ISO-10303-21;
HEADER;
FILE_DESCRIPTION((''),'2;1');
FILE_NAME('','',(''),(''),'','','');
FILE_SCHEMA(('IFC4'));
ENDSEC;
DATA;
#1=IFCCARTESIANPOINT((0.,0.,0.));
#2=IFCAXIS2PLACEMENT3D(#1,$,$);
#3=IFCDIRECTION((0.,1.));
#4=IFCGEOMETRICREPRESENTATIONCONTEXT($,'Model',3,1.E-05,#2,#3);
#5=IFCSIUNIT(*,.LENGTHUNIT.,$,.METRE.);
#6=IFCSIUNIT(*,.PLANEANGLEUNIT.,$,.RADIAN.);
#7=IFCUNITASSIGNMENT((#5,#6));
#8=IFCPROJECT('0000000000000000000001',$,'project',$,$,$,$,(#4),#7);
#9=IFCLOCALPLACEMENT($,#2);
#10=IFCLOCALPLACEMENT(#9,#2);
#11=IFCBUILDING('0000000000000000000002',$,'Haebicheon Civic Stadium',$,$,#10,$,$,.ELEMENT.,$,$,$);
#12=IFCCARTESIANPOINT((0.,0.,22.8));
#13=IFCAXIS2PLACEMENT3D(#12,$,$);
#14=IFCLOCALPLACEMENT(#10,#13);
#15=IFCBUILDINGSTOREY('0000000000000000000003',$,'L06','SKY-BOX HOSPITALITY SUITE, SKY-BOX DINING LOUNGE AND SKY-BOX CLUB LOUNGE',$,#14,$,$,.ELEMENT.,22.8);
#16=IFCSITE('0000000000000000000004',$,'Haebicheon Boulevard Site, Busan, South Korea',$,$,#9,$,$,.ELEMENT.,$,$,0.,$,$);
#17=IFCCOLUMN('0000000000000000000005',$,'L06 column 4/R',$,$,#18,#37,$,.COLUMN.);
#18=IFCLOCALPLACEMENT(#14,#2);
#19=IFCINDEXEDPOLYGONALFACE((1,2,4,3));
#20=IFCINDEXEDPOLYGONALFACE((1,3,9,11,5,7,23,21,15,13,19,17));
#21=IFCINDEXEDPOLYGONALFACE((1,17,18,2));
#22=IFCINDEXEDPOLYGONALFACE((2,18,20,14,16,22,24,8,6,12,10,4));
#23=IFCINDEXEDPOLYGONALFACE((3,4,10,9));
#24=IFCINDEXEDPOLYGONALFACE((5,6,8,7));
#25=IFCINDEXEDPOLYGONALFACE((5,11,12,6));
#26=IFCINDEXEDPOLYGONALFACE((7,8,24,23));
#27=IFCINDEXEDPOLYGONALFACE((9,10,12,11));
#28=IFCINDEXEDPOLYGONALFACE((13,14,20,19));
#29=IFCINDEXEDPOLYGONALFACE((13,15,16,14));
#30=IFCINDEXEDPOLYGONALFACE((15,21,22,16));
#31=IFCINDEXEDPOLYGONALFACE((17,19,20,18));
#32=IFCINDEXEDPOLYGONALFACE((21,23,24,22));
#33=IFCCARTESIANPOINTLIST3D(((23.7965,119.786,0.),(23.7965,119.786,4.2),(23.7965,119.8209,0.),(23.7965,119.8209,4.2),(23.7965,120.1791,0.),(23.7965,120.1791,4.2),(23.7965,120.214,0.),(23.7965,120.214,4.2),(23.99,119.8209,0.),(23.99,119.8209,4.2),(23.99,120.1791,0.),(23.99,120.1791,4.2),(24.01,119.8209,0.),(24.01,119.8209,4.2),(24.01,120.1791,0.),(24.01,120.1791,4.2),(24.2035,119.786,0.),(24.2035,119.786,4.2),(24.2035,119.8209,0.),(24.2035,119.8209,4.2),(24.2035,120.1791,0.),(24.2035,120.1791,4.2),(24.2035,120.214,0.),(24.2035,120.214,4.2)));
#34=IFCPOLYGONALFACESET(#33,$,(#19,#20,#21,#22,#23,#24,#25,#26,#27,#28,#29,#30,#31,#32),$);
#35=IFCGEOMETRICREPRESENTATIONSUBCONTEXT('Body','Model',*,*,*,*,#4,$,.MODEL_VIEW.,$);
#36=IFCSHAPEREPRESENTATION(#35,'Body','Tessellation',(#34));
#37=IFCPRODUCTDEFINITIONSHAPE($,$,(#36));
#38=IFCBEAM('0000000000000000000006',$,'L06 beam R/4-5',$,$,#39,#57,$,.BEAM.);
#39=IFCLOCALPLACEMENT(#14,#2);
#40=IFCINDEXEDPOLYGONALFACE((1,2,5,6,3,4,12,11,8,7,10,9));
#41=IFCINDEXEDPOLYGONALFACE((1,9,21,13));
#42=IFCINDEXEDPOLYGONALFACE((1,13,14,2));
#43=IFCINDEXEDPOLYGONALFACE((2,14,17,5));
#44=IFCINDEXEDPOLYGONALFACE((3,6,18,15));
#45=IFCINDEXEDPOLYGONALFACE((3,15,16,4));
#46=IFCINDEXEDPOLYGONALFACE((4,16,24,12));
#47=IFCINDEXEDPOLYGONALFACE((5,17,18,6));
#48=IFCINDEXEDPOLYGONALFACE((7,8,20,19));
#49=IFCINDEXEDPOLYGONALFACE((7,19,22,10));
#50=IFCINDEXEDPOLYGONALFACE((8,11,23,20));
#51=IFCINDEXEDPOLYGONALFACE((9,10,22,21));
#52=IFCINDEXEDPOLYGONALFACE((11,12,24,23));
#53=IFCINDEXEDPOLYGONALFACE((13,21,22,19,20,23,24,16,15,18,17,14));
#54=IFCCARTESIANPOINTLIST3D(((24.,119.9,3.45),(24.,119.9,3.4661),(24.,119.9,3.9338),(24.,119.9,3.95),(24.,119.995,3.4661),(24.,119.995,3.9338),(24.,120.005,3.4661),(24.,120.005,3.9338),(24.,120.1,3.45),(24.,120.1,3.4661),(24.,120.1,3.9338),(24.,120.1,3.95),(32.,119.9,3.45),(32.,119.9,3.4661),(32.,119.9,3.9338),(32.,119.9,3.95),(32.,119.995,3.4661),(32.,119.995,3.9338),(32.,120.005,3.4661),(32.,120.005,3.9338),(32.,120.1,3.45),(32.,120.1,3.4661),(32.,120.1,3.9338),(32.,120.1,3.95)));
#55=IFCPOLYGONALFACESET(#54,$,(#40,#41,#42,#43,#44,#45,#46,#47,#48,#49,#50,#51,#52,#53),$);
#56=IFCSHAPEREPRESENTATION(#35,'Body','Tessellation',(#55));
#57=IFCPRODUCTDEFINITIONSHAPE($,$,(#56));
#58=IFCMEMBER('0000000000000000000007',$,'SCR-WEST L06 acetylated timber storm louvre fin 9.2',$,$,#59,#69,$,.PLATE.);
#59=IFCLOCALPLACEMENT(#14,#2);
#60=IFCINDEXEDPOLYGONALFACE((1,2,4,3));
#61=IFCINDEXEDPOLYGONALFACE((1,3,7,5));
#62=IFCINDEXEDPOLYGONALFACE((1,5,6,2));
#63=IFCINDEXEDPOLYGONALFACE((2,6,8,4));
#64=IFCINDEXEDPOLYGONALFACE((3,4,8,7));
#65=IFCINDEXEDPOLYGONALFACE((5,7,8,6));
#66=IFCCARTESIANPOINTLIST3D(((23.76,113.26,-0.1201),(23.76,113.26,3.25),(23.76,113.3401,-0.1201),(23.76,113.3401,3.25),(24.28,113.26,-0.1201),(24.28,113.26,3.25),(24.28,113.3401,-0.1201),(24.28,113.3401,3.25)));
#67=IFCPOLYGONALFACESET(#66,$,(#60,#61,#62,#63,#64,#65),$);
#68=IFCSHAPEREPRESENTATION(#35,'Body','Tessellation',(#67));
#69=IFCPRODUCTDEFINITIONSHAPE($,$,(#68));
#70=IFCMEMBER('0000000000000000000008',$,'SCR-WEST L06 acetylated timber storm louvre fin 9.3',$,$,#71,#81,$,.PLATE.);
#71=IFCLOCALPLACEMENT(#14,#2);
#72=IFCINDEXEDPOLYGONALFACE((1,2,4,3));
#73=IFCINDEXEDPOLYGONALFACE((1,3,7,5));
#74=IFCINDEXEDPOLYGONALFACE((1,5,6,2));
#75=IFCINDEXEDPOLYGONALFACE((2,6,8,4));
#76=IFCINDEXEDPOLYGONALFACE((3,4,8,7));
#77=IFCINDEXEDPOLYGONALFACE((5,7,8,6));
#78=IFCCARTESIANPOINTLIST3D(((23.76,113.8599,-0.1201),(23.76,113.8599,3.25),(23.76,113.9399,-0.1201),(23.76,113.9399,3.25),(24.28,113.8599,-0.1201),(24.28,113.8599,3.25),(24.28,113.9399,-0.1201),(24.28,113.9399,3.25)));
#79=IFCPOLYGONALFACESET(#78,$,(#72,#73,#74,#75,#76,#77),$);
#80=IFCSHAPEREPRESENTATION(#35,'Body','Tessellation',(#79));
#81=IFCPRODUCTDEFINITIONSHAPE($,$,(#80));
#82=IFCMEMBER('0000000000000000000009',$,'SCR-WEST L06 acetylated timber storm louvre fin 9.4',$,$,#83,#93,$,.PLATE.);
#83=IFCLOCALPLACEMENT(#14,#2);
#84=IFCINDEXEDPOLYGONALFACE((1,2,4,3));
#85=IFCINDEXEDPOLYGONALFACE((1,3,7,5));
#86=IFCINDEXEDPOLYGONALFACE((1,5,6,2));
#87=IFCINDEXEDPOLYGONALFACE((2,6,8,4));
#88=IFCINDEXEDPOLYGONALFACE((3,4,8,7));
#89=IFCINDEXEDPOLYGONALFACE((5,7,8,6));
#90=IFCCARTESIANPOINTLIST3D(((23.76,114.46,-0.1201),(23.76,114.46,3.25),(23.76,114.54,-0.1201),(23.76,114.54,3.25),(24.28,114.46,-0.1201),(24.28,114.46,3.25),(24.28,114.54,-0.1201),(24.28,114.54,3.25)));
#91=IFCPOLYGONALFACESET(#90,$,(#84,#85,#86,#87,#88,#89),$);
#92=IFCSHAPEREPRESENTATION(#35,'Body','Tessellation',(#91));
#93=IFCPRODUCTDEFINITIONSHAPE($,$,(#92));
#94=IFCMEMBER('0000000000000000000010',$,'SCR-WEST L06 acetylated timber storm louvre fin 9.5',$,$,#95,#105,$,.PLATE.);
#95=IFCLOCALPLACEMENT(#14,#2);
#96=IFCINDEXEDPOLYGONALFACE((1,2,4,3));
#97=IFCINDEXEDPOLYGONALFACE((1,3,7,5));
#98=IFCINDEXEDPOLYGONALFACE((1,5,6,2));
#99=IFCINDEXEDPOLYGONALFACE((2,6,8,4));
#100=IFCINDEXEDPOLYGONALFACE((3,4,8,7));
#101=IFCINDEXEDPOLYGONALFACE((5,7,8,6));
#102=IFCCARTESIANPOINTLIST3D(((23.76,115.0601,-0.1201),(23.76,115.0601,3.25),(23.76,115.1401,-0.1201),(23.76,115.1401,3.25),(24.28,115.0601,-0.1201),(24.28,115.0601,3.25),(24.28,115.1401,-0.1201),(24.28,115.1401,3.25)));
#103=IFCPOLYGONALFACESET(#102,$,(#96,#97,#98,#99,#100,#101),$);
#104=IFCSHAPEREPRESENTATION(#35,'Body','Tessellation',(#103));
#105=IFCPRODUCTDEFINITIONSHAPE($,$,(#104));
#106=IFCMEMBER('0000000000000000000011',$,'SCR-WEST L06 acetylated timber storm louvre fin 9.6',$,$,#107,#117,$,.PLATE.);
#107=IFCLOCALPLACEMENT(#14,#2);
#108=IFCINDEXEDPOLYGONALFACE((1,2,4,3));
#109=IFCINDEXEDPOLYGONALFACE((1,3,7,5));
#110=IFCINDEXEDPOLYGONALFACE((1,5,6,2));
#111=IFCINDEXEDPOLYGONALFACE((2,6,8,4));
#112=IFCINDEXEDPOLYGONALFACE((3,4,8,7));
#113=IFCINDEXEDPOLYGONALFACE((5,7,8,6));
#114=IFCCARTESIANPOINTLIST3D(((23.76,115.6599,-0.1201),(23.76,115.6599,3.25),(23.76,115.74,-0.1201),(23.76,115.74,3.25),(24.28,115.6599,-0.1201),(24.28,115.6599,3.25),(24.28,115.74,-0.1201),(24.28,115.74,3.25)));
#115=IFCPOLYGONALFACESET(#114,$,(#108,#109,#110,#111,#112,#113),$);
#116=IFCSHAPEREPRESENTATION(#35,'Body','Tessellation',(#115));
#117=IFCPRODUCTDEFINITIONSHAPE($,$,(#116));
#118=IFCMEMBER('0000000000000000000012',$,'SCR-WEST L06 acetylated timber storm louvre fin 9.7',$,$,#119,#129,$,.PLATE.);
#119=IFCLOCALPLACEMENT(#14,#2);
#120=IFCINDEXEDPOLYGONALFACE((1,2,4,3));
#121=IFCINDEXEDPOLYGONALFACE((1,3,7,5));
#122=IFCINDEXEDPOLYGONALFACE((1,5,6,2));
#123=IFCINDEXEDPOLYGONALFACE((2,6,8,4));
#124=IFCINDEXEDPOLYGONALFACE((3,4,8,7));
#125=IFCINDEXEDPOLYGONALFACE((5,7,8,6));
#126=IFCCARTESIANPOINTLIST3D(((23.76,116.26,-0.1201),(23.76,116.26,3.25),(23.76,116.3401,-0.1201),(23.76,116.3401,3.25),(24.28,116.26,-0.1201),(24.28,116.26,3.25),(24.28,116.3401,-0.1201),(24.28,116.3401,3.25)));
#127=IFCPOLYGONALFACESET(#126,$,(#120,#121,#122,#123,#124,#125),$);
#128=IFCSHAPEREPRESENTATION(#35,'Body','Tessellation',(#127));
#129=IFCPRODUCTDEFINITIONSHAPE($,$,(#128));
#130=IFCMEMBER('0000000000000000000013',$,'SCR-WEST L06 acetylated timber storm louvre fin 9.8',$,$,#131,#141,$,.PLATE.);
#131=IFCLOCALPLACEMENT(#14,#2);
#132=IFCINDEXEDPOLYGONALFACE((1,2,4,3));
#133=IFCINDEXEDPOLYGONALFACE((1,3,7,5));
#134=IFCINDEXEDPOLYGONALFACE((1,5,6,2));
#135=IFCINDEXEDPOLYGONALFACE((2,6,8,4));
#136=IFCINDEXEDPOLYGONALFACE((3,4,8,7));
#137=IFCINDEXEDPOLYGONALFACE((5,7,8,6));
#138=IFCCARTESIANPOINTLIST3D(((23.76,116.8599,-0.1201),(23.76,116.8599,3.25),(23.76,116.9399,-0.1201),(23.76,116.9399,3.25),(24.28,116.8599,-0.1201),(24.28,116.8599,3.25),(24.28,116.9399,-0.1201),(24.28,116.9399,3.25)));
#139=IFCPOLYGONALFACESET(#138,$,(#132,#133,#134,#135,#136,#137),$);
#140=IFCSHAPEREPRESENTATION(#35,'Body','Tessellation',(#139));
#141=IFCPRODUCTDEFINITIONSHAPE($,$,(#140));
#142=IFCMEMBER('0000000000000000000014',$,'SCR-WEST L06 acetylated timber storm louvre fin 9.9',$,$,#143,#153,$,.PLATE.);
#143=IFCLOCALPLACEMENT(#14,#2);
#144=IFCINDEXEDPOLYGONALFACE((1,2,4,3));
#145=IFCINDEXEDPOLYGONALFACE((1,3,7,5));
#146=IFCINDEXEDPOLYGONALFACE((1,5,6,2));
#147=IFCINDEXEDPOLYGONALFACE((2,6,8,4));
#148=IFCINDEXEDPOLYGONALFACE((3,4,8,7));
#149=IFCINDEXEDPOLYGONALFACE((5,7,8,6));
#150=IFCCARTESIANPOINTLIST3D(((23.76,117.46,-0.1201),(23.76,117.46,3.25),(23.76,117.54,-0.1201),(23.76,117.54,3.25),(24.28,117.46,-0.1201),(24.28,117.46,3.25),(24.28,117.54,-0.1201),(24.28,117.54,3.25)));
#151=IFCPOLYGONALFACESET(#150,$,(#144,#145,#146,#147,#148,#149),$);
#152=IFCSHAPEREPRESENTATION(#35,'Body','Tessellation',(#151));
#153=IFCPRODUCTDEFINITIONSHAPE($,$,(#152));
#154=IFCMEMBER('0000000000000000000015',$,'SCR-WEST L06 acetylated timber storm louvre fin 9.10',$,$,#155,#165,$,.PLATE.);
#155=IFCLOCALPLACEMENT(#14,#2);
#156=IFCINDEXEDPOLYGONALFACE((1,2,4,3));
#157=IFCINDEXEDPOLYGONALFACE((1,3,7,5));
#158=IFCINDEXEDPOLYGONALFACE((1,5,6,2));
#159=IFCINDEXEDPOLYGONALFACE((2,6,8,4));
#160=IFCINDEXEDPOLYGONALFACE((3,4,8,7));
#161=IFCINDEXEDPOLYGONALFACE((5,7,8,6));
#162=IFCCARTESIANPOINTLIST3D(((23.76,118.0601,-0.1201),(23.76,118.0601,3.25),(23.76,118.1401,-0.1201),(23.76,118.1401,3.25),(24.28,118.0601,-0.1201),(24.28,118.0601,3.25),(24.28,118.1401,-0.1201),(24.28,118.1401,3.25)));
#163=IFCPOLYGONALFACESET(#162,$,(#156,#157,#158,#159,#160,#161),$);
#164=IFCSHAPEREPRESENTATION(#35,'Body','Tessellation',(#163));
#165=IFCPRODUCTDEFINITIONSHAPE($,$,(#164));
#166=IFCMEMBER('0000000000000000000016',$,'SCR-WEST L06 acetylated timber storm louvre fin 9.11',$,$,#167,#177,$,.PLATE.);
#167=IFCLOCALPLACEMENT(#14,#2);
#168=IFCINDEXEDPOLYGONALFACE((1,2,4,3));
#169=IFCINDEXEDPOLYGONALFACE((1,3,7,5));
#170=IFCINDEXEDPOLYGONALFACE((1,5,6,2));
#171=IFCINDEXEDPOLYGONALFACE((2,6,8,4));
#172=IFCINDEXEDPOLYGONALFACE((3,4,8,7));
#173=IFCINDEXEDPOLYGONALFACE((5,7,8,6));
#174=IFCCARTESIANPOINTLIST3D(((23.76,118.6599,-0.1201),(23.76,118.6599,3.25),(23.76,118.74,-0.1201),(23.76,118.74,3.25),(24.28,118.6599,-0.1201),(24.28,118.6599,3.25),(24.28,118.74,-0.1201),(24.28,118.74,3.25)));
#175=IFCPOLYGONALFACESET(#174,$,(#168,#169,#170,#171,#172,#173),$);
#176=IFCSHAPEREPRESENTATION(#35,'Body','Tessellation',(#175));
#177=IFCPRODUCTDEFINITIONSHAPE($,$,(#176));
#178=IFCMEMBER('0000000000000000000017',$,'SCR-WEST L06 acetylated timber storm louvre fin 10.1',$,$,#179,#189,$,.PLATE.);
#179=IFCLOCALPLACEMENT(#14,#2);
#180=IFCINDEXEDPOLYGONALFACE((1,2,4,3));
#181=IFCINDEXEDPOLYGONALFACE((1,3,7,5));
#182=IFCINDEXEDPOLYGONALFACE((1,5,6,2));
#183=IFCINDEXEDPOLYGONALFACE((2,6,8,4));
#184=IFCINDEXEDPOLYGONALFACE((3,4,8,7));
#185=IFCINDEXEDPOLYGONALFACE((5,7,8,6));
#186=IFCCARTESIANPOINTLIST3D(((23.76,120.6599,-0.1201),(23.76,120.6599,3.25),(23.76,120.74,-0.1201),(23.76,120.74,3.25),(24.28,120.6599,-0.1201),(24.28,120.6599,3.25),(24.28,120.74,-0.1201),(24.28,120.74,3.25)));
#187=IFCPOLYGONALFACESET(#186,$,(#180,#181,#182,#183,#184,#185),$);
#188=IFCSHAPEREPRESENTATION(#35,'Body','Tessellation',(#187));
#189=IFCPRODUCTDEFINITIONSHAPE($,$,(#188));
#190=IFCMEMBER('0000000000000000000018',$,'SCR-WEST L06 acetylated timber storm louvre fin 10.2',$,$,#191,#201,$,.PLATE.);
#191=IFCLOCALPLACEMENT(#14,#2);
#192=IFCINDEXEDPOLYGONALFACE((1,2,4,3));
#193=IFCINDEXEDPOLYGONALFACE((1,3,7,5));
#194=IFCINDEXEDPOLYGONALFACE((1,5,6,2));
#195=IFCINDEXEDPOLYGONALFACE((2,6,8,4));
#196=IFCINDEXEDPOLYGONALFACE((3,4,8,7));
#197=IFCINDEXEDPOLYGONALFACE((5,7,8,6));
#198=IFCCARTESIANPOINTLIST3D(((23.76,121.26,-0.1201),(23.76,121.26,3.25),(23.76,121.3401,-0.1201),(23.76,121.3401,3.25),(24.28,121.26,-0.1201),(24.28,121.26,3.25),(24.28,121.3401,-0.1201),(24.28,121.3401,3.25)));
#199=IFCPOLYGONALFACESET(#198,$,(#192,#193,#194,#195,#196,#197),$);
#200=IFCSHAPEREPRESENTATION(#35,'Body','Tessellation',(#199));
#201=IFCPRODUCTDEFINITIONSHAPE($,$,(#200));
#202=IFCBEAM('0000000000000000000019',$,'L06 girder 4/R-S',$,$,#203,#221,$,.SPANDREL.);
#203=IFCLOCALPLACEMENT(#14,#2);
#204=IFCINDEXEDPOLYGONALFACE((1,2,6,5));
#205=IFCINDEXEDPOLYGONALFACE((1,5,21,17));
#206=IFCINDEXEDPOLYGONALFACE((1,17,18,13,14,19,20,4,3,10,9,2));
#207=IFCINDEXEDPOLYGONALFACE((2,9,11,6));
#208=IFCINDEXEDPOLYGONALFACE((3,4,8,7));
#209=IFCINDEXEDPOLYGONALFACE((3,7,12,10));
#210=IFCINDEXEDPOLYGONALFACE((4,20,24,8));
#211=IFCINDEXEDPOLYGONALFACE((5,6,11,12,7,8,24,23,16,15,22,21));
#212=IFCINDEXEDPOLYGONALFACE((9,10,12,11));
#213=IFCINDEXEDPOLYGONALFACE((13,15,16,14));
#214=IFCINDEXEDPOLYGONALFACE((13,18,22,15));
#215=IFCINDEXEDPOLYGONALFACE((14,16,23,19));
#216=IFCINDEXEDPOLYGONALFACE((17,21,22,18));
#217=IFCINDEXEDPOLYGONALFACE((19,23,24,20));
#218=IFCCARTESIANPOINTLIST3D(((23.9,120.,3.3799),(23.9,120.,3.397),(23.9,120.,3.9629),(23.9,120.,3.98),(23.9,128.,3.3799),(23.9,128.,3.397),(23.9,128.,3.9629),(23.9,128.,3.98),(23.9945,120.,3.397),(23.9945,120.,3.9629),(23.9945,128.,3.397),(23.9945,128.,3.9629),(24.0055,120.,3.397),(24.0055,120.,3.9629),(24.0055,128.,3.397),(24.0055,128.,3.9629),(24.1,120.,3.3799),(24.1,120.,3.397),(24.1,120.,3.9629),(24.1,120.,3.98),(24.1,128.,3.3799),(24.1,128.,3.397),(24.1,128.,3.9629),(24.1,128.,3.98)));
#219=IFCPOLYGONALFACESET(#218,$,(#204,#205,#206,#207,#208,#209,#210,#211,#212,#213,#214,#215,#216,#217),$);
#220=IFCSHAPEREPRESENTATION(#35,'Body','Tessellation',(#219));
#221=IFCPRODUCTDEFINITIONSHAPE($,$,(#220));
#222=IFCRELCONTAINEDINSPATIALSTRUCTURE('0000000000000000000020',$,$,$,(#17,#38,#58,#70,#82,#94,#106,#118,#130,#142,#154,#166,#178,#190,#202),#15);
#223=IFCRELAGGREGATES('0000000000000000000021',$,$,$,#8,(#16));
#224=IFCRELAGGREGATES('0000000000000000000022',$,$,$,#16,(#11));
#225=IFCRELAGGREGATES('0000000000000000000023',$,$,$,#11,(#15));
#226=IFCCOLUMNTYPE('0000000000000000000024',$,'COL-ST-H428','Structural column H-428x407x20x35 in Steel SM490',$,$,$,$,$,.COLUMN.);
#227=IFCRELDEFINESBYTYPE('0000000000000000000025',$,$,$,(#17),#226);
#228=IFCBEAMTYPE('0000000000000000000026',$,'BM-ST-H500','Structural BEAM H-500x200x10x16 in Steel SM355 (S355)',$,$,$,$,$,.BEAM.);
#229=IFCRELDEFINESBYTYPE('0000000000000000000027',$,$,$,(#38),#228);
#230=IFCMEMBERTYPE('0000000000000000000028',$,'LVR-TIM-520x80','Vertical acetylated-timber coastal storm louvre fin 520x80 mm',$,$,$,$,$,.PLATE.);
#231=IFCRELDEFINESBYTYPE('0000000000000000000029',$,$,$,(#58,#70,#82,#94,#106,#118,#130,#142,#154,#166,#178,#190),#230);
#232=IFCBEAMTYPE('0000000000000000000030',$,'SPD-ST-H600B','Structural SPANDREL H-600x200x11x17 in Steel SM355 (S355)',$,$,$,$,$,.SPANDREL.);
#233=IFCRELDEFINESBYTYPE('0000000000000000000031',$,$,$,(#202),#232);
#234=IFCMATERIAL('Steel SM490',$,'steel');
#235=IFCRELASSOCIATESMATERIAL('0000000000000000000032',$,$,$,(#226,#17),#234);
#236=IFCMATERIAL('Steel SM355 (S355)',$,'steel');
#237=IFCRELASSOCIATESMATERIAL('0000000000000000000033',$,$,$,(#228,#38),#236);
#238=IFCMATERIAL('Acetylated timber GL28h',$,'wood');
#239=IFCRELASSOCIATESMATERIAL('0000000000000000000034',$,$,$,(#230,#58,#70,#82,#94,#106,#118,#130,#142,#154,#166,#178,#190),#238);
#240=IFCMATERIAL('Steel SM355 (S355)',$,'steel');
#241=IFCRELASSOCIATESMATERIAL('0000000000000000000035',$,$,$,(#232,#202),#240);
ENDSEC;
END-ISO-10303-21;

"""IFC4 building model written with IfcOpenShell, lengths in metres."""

from ifc_helpers import new_model, si_unit, direction, frame, origin, origin_2d, place, context, subcontext, project, spatial, rectangle, i_section, extrude, material, material_profile, profile_set, type_object, element, save


model = new_model("IFC4")

# Units and contexts
model_context = context("Model", 3, precision=1e-05, world=origin(), true_north=direction((0.0, 1.0)))
body_context = subcontext(model_context, "Body", "Model", "MODEL_VIEW")
ifc_project = project(units=[si_unit("LENGTHUNIT", "METRE"), si_unit("PLANEANGLEUNIT", "RADIAN")], contexts=[model_context])

# Site, building, storey
site_placement = place(None, origin())
site = spatial("IfcSite", under=ifc_project, at=site_placement, Name="Haebicheon Boulevard Site, Busan, South Korea", CompositionType="ELEMENT", RefElevation=0.0)
building_placement = place(site_placement, origin())
building = spatial("IfcBuilding", under=site, at=building_placement, Name="Haebicheon Civic Stadium", CompositionType="ELEMENT")
storey_placement = place(building_placement, frame((0.0, 0.0, 22.8)))
storey = spatial("IfcBuildingStorey", under=building, at=storey_placement, Name="L06", Description="SKY-BOX HOSPITALITY SUITE, SKY-BOX DINING LOUNGE AND SKY-BOX CLUB LOUNGE", CompositionType="ELEMENT", Elevation=22.8)

# Column
ifc_material_1 = material(Name="Steel SM490", Category="steel")
ifc_material_profile_1 = material_profile(ifc_material_1, i_section(OverallWidth=0.407, OverallDepth=0.428, WebThickness=0.02, FlangeThickness=0.0349, at=origin_2d()), Name="H-428x407x20x35")
ifc_profile_set_1 = profile_set([ifc_material_profile_1], Name="Steel SM490")
column_type = type_object("IfcColumnType", Name="COL-ST-H428", Description="Structural column H-428x407x20x35 in Steel SM490", PredefinedType="COLUMN", material=ifc_profile_set_1)
column_placement = place(storey_placement, frame((24.0, 120.0, 0.0), z_axis=(0.0, 0.0, 1.0), x_axis=(1.0, 0.0, 0.0)))
element("IfcColumn", 1, at=column_placement, inside=storey, type_object=column_type, material=ifc_profile_set_1, Name="L06 column 4/R", PredefinedType="COLUMN", context=body_context, shape_type="SweptSolid", body=[
    extrude(i_section(OverallWidth=0.407, OverallDepth=0.428, WebThickness=0.02, FlangeThickness=0.0349, at=origin_2d()), origin(), (0.0, 0.0, 1.0), 4.2),
])

# Beam
ifc_material_2 = material(Name="Steel SM355 (S355)", Category="steel")
ifc_material_profile_2 = material_profile(ifc_material_2, i_section(OverallWidth=0.2, OverallDepth=0.5, WebThickness=0.01, FlangeThickness=0.0161, at=origin_2d()), Name="H-500x200x10x16")
ifc_profile_set_2 = profile_set([ifc_material_profile_2], Name="Steel SM355 (S355)")
beam_type_1 = type_object("IfcBeamType", Name="BM-ST-H500", Description="Structural BEAM H-500x200x10x16 in Steel SM355 (S355)", PredefinedType="BEAM", material=ifc_profile_set_2)
beam_1_placement = place(storey_placement, frame((24.0, 120.0, 3.7), z_axis=(1.0, 0.0, 0.0), x_axis=(0.0, 1.0, 0.0)))
element("IfcBeam", 2, at=beam_1_placement, inside=storey, type_object=beam_type_1, material=ifc_profile_set_2, Name="L06 beam R/4-5", PredefinedType="BEAM", context=body_context, shape_type="SweptSolid", body=[
    extrude(i_section(OverallWidth=0.2, OverallDepth=0.5, WebThickness=0.01, FlangeThickness=0.0161, at=origin_2d()), origin(), (0.0, 0.0, 1.0), 8.0),
])

# Members
ifc_material_3 = material(Name="Acetylated timber GL28h", Category="wood")
ifc_material_profile_3 = material_profile(ifc_material_3, rectangle(XDim=0.0801, YDim=0.52, at=origin_2d()), Name="TMB-LOUV-80x520")
ifc_profile_set_3 = profile_set([ifc_material_profile_3], Name="Acetylated timber GL28h")
member_type_1 = type_object("IfcMemberType", Name="LVR-TIM-520x80", Description="Vertical acetylated-timber coastal storm louvre fin 520x80 mm", PredefinedType="PLATE", material=ifc_profile_set_3)
for number, where, z_axis, x_axis, name in (
    (3, (24.02, 113.3, -0.1201), (0.0, 0.0, 1.0), (0.0, 1.0, 0.0), "SCR-WEST L06 acetylated timber storm louvre fin 9.2"),
    (4, (24.02, 113.8999, -0.1201), (0.0, 0.0, 1.0), (0.0, 1.0, 0.0), "SCR-WEST L06 acetylated timber storm louvre fin 9.3"),
    (5, (24.02, 114.5, -0.1201), (0.0, 0.0, 1.0), (0.0, 1.0, 0.0), "SCR-WEST L06 acetylated timber storm louvre fin 9.4"),
    (6, (24.02, 115.1001, -0.1201), (0.0, 0.0, 1.0), (0.0, 1.0, 0.0), "SCR-WEST L06 acetylated timber storm louvre fin 9.5"),
    (7, (24.02, 115.7, -0.1201), (0.0, 0.0, 1.0), (0.0, 1.0, 0.0), "SCR-WEST L06 acetylated timber storm louvre fin 9.6"),
    (8, (24.02, 116.3, -0.1201), (0.0, 0.0, 1.0), (0.0, 1.0, 0.0), "SCR-WEST L06 acetylated timber storm louvre fin 9.7"),
    (9, (24.02, 116.8999, -0.1201), (0.0, 0.0, 1.0), (0.0, 1.0, 0.0), "SCR-WEST L06 acetylated timber storm louvre fin 9.8"),
    (10, (24.02, 117.5, -0.1201), (0.0, 0.0, 1.0), (0.0, 1.0, 0.0), "SCR-WEST L06 acetylated timber storm louvre fin 9.9"),
    (11, (24.02, 118.1001, -0.1201), (0.0, 0.0, 1.0), (0.0, 1.0, 0.0), "SCR-WEST L06 acetylated timber storm louvre fin 9.10"),
    (12, (24.02, 118.7, -0.1201), (0.0, 0.0, 1.0), (0.0, 1.0, 0.0), "SCR-WEST L06 acetylated timber storm louvre fin 9.11"),
    (13, (24.02, 120.7, -0.1201), (0.0, 0.0, 1.0), (0.0, 1.0, 0.0), "SCR-WEST L06 acetylated timber storm louvre fin 10.1"),
    (14, (24.02, 121.3, -0.1201), (0.0, 0.0, 1.0), (0.0, 1.0, 0.0), "SCR-WEST L06 acetylated timber storm louvre fin 10.2"),
):
    element("IfcMember", number, at=place(storey_placement, frame(where, z_axis=z_axis, x_axis=x_axis)), inside=storey, type_object=member_type_1, material=ifc_profile_set_3, Name=name, PredefinedType="PLATE", context=body_context, shape_type="SweptSolid", body=[
        extrude(rectangle(XDim=0.0801, YDim=0.52, at=origin_2d()), origin(), (0.0, 0.0, 1.0), 3.3701),
    ])

# Beam
ifc_material_4 = material(Name="Steel SM355 (S355)", Category="steel")
ifc_material_profile_4 = material_profile(ifc_material_4, i_section(OverallWidth=0.2, OverallDepth=0.6001, WebThickness=0.011, FlangeThickness=0.0171, at=origin_2d()), Name="H-600x200x11x17")
ifc_profile_set_4 = profile_set([ifc_material_profile_4], Name="Steel SM355 (S355)")
beam_type_2 = type_object("IfcBeamType", Name="SPD-ST-H600B", Description="Structural SPANDREL H-600x200x11x17 in Steel SM355 (S355)", PredefinedType="SPANDREL", material=ifc_profile_set_4)
beam_2_placement = place(storey_placement, frame((24.0, 120.0, 3.6799), z_axis=(0.0, 1.0, 0.0), x_axis=(-1.0, 0.0, 0.0)))
element("IfcBeam", 15, at=beam_2_placement, inside=storey, type_object=beam_type_2, material=ifc_profile_set_4, Name="L06 girder 4/R-S", PredefinedType="SPANDREL", context=body_context, shape_type="SweptSolid", body=[
    extrude(i_section(OverallWidth=0.2, OverallDepth=0.6001, WebThickness=0.011, FlangeThickness=0.0171, at=origin_2d()), origin(), (0.0, 0.0, 1.0), 8.0),
])

save(model, "model.ifc")
